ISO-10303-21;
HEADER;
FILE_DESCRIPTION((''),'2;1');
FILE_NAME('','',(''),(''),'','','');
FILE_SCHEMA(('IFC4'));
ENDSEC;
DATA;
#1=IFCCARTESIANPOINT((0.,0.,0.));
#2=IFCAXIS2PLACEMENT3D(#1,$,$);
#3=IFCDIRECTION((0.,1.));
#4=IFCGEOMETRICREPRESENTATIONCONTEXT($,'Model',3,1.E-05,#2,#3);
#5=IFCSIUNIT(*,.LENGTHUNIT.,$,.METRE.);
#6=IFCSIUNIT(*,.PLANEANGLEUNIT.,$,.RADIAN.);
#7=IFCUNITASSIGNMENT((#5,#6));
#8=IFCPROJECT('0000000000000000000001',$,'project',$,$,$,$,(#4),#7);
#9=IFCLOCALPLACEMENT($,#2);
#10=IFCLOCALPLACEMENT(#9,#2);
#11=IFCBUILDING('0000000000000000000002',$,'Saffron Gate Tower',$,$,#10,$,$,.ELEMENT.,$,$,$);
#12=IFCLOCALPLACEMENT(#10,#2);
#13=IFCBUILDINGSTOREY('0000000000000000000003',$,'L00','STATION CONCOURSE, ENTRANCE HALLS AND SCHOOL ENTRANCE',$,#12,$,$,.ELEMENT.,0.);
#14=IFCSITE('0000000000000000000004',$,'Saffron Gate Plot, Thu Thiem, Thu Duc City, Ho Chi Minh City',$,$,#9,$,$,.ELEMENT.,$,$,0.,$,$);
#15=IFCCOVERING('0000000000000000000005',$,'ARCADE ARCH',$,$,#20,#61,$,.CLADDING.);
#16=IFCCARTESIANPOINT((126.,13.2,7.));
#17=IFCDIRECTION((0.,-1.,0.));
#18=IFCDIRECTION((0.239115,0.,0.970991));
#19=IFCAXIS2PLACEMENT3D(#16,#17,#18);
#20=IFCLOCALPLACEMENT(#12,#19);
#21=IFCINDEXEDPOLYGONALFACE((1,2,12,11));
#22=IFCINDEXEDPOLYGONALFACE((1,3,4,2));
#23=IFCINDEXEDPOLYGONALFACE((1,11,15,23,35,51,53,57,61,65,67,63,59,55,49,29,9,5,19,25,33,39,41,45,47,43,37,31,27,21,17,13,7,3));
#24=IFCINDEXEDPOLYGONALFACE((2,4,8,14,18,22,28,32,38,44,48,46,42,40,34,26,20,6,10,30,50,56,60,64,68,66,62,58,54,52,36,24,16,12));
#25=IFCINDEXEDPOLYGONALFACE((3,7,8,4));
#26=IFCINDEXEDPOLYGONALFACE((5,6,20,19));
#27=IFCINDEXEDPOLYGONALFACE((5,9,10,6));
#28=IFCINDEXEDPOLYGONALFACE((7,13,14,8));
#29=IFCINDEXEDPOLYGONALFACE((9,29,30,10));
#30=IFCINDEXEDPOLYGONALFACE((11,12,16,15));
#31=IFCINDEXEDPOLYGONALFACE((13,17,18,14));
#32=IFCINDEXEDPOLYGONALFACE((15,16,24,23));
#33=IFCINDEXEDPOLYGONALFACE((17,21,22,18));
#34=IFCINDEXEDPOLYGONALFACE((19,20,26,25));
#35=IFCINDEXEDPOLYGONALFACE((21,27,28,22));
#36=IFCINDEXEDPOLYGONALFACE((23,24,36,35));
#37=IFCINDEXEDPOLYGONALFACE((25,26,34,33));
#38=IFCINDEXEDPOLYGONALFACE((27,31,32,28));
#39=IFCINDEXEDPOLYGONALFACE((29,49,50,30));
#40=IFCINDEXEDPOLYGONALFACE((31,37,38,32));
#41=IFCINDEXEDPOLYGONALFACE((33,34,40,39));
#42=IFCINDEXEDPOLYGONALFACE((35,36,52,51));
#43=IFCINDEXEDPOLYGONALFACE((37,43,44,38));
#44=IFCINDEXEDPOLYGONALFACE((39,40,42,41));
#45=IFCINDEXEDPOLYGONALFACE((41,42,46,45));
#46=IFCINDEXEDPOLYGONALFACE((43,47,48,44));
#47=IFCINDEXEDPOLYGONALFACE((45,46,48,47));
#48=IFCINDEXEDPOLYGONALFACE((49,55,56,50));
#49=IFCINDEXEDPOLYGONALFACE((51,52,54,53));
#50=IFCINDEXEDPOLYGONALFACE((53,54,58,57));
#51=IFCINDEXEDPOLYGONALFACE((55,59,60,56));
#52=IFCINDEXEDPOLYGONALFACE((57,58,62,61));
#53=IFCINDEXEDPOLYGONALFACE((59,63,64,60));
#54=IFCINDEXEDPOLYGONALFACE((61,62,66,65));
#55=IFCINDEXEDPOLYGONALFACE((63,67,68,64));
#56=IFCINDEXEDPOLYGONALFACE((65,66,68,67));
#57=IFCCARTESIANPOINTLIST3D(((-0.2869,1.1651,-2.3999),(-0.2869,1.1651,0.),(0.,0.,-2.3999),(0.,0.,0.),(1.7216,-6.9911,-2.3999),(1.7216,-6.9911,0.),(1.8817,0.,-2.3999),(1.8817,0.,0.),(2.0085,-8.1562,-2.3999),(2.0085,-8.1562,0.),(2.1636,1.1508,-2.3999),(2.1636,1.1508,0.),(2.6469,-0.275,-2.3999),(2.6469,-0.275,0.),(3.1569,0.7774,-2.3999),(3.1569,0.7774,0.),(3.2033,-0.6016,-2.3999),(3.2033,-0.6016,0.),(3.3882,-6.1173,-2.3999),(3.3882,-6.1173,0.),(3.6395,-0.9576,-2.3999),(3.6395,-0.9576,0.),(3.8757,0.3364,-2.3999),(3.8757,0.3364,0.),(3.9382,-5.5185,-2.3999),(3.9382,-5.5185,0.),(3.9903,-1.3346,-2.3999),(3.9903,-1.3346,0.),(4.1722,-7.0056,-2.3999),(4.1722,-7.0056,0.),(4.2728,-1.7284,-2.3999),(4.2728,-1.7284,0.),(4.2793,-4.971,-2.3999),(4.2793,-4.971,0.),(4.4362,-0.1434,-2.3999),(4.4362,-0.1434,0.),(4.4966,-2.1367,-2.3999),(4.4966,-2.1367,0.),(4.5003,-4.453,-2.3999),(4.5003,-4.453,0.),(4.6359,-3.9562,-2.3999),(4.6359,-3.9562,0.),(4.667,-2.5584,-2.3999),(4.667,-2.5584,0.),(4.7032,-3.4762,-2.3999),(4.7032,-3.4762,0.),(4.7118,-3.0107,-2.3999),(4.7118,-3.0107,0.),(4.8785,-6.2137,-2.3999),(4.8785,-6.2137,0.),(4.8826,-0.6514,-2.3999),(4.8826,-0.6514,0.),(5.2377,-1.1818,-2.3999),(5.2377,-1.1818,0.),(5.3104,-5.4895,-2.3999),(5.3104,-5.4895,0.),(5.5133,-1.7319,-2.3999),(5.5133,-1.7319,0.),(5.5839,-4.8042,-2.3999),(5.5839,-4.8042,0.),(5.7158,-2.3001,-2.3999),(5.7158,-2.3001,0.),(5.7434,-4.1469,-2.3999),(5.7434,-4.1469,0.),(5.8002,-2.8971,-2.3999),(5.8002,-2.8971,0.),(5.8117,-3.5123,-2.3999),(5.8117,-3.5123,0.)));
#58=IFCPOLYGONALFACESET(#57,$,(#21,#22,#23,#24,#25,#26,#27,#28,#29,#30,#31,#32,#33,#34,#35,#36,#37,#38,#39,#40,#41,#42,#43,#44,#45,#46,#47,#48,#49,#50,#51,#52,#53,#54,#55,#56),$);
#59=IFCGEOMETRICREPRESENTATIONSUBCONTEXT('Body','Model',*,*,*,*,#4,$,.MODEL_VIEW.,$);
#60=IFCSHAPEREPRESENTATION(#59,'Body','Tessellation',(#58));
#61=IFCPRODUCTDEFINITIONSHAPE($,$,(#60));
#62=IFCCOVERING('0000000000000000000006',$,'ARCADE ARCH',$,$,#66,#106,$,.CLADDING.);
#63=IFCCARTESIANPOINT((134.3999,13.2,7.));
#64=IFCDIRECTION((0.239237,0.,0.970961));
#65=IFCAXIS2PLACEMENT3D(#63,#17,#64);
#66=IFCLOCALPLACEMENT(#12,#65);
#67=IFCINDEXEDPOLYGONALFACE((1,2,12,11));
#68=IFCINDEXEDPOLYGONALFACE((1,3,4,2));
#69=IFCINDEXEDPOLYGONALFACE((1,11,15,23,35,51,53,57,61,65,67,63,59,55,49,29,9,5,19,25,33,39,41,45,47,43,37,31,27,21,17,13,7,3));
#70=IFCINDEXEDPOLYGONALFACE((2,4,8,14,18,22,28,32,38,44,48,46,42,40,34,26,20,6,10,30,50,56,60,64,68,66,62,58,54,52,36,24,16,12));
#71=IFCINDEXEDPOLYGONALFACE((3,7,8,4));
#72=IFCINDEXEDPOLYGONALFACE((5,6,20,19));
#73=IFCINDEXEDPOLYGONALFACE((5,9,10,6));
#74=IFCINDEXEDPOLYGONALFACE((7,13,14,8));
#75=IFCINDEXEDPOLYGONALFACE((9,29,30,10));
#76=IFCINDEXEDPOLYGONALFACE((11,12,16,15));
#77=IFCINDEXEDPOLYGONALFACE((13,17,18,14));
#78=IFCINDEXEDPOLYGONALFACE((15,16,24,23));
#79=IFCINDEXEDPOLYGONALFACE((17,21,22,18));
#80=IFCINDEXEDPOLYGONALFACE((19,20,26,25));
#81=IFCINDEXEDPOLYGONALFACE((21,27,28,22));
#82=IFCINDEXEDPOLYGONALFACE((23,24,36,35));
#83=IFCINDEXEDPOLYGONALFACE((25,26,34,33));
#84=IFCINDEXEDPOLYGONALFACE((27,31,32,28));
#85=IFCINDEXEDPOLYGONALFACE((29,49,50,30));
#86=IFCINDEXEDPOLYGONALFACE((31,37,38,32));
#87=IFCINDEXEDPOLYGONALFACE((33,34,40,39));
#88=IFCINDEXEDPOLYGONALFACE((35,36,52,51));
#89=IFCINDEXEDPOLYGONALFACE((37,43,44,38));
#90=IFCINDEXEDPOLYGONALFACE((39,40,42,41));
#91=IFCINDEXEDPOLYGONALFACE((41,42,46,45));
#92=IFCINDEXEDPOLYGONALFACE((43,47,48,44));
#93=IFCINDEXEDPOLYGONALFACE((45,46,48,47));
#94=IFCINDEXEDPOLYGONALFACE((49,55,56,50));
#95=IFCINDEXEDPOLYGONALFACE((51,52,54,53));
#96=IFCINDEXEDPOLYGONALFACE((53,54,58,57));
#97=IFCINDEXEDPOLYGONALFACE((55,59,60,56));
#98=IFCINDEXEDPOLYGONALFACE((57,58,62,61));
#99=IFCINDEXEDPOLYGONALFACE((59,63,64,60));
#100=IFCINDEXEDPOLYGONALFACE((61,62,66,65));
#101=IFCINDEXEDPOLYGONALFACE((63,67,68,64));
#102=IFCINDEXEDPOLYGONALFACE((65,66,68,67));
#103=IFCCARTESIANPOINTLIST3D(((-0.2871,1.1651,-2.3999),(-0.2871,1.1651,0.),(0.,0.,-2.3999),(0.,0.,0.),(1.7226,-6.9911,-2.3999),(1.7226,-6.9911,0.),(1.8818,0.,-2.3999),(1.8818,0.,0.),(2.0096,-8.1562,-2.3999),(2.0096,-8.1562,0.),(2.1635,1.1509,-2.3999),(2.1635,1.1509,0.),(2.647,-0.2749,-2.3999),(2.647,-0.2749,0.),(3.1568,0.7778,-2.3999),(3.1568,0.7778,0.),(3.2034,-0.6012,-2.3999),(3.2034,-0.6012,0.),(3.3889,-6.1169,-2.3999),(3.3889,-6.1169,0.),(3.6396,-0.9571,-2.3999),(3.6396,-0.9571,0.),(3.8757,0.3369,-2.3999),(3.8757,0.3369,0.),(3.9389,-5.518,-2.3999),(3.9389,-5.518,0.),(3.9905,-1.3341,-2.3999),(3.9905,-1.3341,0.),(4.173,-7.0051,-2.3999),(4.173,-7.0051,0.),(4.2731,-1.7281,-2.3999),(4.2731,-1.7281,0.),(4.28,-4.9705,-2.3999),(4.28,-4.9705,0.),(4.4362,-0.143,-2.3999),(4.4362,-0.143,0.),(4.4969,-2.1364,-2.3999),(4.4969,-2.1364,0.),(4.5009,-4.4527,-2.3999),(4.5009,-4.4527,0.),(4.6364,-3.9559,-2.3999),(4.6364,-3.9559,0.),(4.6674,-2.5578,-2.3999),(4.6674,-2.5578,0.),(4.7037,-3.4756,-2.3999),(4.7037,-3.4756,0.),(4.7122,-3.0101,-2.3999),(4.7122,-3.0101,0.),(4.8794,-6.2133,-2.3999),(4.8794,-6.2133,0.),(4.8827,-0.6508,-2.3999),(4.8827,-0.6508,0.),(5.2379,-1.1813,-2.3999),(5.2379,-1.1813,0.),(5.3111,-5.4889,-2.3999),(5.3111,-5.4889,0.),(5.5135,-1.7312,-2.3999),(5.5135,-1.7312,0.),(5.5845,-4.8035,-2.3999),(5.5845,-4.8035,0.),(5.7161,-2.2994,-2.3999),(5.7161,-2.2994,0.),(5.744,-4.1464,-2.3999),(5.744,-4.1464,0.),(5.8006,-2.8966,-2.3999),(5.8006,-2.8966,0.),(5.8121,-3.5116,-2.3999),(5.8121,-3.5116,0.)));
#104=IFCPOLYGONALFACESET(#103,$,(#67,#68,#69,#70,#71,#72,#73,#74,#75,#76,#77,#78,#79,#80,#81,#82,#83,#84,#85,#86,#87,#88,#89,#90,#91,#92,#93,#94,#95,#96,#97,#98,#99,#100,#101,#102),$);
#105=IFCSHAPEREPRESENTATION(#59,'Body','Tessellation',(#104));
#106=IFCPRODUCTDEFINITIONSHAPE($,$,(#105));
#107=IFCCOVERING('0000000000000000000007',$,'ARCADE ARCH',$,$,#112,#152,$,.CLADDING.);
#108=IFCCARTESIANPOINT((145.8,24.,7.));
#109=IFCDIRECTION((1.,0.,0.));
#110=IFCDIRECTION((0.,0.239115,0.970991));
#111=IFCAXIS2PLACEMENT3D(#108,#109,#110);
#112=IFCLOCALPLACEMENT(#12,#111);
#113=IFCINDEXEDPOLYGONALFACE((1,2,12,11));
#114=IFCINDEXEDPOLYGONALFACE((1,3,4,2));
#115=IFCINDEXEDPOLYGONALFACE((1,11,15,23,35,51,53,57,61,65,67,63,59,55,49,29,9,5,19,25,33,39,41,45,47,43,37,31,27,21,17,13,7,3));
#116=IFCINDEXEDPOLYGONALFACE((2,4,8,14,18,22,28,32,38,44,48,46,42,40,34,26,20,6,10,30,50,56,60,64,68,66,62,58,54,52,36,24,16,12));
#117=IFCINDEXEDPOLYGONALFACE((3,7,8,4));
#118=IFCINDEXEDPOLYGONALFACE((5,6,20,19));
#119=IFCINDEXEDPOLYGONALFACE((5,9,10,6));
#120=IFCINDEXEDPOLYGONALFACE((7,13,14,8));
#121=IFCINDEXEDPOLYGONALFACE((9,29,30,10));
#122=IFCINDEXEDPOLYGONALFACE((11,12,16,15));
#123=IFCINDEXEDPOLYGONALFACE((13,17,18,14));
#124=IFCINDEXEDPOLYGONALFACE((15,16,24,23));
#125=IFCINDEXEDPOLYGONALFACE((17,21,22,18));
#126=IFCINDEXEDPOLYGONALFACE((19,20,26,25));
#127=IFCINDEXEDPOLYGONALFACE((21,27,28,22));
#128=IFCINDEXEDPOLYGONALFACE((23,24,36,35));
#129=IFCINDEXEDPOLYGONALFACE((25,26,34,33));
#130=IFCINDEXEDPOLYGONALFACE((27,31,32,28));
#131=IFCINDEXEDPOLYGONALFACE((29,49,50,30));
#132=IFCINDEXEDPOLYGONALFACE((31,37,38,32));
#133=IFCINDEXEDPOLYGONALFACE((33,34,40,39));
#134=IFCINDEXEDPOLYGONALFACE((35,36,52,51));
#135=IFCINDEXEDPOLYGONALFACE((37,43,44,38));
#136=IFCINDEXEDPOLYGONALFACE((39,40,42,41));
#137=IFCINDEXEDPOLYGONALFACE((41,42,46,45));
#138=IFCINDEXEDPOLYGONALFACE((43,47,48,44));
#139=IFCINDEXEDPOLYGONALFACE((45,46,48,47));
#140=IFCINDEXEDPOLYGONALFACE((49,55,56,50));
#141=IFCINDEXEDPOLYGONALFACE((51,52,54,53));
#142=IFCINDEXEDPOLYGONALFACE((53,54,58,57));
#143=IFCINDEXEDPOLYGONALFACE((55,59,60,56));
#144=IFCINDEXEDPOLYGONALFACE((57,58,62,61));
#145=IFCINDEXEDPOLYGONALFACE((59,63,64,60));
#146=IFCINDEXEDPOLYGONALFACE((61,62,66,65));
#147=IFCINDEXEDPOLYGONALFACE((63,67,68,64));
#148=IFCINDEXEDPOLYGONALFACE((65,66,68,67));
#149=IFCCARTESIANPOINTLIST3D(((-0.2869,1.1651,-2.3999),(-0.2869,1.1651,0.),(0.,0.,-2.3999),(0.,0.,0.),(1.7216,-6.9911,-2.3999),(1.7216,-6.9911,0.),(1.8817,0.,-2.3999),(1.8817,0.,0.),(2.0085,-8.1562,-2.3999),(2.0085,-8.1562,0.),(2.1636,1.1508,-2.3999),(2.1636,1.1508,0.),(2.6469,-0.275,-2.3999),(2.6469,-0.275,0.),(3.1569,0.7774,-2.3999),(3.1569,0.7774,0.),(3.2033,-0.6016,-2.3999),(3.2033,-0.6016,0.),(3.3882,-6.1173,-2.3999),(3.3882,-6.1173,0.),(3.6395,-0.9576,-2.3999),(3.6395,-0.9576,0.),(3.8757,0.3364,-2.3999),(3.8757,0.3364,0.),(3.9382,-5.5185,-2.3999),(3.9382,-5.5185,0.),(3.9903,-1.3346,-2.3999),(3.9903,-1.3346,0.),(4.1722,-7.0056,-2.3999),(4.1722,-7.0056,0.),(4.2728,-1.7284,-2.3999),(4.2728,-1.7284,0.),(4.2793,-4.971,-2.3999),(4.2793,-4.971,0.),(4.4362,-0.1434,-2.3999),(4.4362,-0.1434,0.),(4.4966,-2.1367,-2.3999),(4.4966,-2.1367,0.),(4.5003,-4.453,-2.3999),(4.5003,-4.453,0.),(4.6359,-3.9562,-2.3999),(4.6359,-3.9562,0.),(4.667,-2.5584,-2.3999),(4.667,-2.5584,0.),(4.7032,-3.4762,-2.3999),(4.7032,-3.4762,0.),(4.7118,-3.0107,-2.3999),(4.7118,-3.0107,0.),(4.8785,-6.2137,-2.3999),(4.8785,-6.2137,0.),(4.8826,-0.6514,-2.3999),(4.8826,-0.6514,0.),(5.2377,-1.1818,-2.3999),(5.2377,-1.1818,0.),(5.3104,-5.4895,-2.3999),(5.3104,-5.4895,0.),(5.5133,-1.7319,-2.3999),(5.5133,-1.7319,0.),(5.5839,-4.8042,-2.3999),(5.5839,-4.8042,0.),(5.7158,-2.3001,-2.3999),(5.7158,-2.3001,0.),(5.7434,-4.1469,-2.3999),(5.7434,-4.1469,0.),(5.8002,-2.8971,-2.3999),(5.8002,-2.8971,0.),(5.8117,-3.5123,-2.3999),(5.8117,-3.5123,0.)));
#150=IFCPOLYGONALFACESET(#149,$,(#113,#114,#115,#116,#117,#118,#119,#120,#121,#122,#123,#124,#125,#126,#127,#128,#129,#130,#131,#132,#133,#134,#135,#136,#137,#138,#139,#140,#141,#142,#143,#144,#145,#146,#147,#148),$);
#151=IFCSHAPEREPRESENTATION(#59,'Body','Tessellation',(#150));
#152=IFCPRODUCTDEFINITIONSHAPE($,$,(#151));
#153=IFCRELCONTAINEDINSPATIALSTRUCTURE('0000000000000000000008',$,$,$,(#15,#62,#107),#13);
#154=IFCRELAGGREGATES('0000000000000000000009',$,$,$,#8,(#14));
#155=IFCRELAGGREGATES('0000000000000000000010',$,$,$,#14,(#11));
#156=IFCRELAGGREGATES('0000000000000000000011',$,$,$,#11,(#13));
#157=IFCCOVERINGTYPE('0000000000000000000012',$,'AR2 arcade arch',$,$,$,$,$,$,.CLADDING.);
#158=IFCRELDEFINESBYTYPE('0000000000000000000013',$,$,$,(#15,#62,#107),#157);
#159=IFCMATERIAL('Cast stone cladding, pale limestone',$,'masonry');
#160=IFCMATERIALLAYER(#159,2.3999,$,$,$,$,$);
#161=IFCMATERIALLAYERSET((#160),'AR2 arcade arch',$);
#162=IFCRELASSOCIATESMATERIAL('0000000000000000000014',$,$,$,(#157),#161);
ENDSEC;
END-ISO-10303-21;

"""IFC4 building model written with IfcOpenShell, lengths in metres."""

from ifc_helpers import new_model, si_unit, direction, frame, origin, place, context, subcontext, project, spatial, polyline, outline, extrude, material, layer, layer_set, type_object, element, save


model = new_model("IFC4")

# Units and contexts
model_context = context("Model", 3, precision=1e-05, world=origin(), true_north=direction((0.0, 1.0)))
body_context = subcontext(model_context, "Body", "Model", "MODEL_VIEW")
ifc_project = project(units=[si_unit("LENGTHUNIT", "METRE"), si_unit("PLANEANGLEUNIT", "RADIAN")], contexts=[model_context])

# Site, building, storey
site_placement = place(None, origin())
site = spatial("IfcSite", under=ifc_project, at=site_placement, Name="Saffron Gate Plot, Thu Thiem, Thu Duc City, Ho Chi Minh City", CompositionType="ELEMENT", RefElevation=0.0)
building_placement = place(site_placement, origin())
building = spatial("IfcBuilding", under=site, at=building_placement, Name="Saffron Gate Tower", CompositionType="ELEMENT")
storey_placement = place(building_placement, origin())
storey = spatial("IfcBuildingStorey", under=building, at=storey_placement, Name="L00", Description="STATION CONCOURSE, ENTRANCE HALLS AND SCHOOL ENTRANCE", CompositionType="ELEMENT", Elevation=0.0)

# Coverings
ifc_material_1 = material(Name="Cast stone cladding, pale limestone", Category="masonry")
ifc_layer_1 = layer(ifc_material_1, 2.3999)
ifc_layer_set_1 = layer_set([ifc_layer_1], Name="AR2 arcade arch")
covering_type = type_object("IfcCoveringType", Name="AR2 arcade arch", PredefinedType="CLADDING", material=ifc_layer_set_1)
covering_1_placement = place(storey_placement, frame((126.0, 13.2, 7.0), z_axis=(0.0, -1.0, 0.0), x_axis=(0.239115, 0.0, 0.970991)))
element("IfcCovering", 1, at=covering_1_placement, inside=storey, type_object=covering_type, Name="ARCADE ARCH", PredefinedType="CLADDING", context=body_context, shape_type="SweptSolid", body=[
    extrude(outline(polyline([(0.0, 0.0), (1.8817, 0.0), (2.6469, -0.275), (3.2033, -0.6016), (3.6395, -0.9576), (3.9903, -1.3346), (4.2728, -1.7284), (4.4966, -2.1367), (4.667, -2.5584), (4.7118, -3.0107), (4.7032, -3.4762), (4.6359, -3.9562), (4.5003, -4.453), (4.2793, -4.971), (3.9382, -5.5185), (3.3882, -6.1173), (1.7216, -6.9911), (2.0085, -8.1562), (4.1722, -7.0056), (4.8785, -6.2137), (5.3104, -5.4895), (5.5839, -4.8042), (5.7434, -4.1469), (5.8117, -3.5123), (5.8002, -2.8971), (5.7158, -2.3001), (5.5133, -1.7319), (5.2377, -1.1818), (4.8826, -0.6514), (4.4362, -0.1434), (3.8757, 0.3364), (3.1569, 0.7774), (2.1636, 1.1508), (-0.2869, 1.1651), (0.0, 0.0)])), origin(), (0.0, 0.0, -1.0), 2.3999),
])
covering_2_placement = place(storey_placement, frame((134.3999, 13.2, 7.0), z_axis=(0.0, -1.0, 0.0), x_axis=(0.239237, 0.0, 0.970961)))
element("IfcCovering", 2, at=covering_2_placement, inside=storey, type_object=covering_type, Name="ARCADE ARCH", PredefinedType="CLADDING", context=body_context, shape_type="SweptSolid", body=[
    extrude(outline(polyline([(0.0, 0.0), (1.8818, 0.0), (2.647, -0.2749), (3.2034, -0.6012), (3.6396, -0.9571), (3.9905, -1.3341), (4.2731, -1.7281), (4.4969, -2.1364), (4.6674, -2.5578), (4.7122, -3.0101), (4.7037, -3.4756), (4.6364, -3.9559), (4.5009, -4.4527), (4.28, -4.9705), (3.9389, -5.518), (3.3889, -6.1169), (1.7226, -6.9911), (2.0096, -8.1562), (4.173, -7.0051), (4.8794, -6.2133), (5.3111, -5.4889), (5.5845, -4.8035), (5.744, -4.1464), (5.8121, -3.5116), (5.8006, -2.8966), (5.7161, -2.2994), (5.5135, -1.7312), (5.2379, -1.1813), (4.8827, -0.6508), (4.4362, -0.143), (3.8757, 0.3369), (3.1568, 0.7778), (2.1635, 1.1509), (-0.2871, 1.1651), (0.0, 0.0)])), origin(), (0.0, 0.0, -1.0), 2.3999),
])
covering_3_placement = place(storey_placement, frame((145.8, 24.0, 7.0), z_axis=(1.0, 0.0, 0.0), x_axis=(0.0, 0.239115, 0.970991)))
element("IfcCovering", 3, at=covering_3_placement, inside=storey, type_object=covering_type, Name="ARCADE ARCH", PredefinedType="CLADDING", context=body_context, shape_type="SweptSolid", body=[
    extrude(outline(polyline([(0.0, 0.0), (1.8817, 0.0), (2.6469, -0.275), (3.2033, -0.6016), (3.6395, -0.9576), (3.9903, -1.3346), (4.2728, -1.7284), (4.4966, -2.1367), (4.667, -2.5584), (4.7118, -3.0107), (4.7032, -3.4762), (4.6359, -3.9562), (4.5003, -4.453), (4.2793, -4.971), (3.9382, -5.5185), (3.3882, -6.1173), (1.7216, -6.9911), (2.0085, -8.1562), (4.1722, -7.0056), (4.8785, -6.2137), (5.3104, -5.4895), (5.5839, -4.8042), (5.7434, -4.1469), (5.8117, -3.5123), (5.8002, -2.8971), (5.7158, -2.3001), (5.5133, -1.7319), (5.2377, -1.1818), (4.8826, -0.6514), (4.4362, -0.1434), (3.8757, 0.3364), (3.1569, 0.7774), (2.1636, 1.1508), (-0.2869, 1.1651), (0.0, 0.0)])), origin(), (0.0, 0.0, -1.0), 2.3999),
])

save(model, "model.ifc")
